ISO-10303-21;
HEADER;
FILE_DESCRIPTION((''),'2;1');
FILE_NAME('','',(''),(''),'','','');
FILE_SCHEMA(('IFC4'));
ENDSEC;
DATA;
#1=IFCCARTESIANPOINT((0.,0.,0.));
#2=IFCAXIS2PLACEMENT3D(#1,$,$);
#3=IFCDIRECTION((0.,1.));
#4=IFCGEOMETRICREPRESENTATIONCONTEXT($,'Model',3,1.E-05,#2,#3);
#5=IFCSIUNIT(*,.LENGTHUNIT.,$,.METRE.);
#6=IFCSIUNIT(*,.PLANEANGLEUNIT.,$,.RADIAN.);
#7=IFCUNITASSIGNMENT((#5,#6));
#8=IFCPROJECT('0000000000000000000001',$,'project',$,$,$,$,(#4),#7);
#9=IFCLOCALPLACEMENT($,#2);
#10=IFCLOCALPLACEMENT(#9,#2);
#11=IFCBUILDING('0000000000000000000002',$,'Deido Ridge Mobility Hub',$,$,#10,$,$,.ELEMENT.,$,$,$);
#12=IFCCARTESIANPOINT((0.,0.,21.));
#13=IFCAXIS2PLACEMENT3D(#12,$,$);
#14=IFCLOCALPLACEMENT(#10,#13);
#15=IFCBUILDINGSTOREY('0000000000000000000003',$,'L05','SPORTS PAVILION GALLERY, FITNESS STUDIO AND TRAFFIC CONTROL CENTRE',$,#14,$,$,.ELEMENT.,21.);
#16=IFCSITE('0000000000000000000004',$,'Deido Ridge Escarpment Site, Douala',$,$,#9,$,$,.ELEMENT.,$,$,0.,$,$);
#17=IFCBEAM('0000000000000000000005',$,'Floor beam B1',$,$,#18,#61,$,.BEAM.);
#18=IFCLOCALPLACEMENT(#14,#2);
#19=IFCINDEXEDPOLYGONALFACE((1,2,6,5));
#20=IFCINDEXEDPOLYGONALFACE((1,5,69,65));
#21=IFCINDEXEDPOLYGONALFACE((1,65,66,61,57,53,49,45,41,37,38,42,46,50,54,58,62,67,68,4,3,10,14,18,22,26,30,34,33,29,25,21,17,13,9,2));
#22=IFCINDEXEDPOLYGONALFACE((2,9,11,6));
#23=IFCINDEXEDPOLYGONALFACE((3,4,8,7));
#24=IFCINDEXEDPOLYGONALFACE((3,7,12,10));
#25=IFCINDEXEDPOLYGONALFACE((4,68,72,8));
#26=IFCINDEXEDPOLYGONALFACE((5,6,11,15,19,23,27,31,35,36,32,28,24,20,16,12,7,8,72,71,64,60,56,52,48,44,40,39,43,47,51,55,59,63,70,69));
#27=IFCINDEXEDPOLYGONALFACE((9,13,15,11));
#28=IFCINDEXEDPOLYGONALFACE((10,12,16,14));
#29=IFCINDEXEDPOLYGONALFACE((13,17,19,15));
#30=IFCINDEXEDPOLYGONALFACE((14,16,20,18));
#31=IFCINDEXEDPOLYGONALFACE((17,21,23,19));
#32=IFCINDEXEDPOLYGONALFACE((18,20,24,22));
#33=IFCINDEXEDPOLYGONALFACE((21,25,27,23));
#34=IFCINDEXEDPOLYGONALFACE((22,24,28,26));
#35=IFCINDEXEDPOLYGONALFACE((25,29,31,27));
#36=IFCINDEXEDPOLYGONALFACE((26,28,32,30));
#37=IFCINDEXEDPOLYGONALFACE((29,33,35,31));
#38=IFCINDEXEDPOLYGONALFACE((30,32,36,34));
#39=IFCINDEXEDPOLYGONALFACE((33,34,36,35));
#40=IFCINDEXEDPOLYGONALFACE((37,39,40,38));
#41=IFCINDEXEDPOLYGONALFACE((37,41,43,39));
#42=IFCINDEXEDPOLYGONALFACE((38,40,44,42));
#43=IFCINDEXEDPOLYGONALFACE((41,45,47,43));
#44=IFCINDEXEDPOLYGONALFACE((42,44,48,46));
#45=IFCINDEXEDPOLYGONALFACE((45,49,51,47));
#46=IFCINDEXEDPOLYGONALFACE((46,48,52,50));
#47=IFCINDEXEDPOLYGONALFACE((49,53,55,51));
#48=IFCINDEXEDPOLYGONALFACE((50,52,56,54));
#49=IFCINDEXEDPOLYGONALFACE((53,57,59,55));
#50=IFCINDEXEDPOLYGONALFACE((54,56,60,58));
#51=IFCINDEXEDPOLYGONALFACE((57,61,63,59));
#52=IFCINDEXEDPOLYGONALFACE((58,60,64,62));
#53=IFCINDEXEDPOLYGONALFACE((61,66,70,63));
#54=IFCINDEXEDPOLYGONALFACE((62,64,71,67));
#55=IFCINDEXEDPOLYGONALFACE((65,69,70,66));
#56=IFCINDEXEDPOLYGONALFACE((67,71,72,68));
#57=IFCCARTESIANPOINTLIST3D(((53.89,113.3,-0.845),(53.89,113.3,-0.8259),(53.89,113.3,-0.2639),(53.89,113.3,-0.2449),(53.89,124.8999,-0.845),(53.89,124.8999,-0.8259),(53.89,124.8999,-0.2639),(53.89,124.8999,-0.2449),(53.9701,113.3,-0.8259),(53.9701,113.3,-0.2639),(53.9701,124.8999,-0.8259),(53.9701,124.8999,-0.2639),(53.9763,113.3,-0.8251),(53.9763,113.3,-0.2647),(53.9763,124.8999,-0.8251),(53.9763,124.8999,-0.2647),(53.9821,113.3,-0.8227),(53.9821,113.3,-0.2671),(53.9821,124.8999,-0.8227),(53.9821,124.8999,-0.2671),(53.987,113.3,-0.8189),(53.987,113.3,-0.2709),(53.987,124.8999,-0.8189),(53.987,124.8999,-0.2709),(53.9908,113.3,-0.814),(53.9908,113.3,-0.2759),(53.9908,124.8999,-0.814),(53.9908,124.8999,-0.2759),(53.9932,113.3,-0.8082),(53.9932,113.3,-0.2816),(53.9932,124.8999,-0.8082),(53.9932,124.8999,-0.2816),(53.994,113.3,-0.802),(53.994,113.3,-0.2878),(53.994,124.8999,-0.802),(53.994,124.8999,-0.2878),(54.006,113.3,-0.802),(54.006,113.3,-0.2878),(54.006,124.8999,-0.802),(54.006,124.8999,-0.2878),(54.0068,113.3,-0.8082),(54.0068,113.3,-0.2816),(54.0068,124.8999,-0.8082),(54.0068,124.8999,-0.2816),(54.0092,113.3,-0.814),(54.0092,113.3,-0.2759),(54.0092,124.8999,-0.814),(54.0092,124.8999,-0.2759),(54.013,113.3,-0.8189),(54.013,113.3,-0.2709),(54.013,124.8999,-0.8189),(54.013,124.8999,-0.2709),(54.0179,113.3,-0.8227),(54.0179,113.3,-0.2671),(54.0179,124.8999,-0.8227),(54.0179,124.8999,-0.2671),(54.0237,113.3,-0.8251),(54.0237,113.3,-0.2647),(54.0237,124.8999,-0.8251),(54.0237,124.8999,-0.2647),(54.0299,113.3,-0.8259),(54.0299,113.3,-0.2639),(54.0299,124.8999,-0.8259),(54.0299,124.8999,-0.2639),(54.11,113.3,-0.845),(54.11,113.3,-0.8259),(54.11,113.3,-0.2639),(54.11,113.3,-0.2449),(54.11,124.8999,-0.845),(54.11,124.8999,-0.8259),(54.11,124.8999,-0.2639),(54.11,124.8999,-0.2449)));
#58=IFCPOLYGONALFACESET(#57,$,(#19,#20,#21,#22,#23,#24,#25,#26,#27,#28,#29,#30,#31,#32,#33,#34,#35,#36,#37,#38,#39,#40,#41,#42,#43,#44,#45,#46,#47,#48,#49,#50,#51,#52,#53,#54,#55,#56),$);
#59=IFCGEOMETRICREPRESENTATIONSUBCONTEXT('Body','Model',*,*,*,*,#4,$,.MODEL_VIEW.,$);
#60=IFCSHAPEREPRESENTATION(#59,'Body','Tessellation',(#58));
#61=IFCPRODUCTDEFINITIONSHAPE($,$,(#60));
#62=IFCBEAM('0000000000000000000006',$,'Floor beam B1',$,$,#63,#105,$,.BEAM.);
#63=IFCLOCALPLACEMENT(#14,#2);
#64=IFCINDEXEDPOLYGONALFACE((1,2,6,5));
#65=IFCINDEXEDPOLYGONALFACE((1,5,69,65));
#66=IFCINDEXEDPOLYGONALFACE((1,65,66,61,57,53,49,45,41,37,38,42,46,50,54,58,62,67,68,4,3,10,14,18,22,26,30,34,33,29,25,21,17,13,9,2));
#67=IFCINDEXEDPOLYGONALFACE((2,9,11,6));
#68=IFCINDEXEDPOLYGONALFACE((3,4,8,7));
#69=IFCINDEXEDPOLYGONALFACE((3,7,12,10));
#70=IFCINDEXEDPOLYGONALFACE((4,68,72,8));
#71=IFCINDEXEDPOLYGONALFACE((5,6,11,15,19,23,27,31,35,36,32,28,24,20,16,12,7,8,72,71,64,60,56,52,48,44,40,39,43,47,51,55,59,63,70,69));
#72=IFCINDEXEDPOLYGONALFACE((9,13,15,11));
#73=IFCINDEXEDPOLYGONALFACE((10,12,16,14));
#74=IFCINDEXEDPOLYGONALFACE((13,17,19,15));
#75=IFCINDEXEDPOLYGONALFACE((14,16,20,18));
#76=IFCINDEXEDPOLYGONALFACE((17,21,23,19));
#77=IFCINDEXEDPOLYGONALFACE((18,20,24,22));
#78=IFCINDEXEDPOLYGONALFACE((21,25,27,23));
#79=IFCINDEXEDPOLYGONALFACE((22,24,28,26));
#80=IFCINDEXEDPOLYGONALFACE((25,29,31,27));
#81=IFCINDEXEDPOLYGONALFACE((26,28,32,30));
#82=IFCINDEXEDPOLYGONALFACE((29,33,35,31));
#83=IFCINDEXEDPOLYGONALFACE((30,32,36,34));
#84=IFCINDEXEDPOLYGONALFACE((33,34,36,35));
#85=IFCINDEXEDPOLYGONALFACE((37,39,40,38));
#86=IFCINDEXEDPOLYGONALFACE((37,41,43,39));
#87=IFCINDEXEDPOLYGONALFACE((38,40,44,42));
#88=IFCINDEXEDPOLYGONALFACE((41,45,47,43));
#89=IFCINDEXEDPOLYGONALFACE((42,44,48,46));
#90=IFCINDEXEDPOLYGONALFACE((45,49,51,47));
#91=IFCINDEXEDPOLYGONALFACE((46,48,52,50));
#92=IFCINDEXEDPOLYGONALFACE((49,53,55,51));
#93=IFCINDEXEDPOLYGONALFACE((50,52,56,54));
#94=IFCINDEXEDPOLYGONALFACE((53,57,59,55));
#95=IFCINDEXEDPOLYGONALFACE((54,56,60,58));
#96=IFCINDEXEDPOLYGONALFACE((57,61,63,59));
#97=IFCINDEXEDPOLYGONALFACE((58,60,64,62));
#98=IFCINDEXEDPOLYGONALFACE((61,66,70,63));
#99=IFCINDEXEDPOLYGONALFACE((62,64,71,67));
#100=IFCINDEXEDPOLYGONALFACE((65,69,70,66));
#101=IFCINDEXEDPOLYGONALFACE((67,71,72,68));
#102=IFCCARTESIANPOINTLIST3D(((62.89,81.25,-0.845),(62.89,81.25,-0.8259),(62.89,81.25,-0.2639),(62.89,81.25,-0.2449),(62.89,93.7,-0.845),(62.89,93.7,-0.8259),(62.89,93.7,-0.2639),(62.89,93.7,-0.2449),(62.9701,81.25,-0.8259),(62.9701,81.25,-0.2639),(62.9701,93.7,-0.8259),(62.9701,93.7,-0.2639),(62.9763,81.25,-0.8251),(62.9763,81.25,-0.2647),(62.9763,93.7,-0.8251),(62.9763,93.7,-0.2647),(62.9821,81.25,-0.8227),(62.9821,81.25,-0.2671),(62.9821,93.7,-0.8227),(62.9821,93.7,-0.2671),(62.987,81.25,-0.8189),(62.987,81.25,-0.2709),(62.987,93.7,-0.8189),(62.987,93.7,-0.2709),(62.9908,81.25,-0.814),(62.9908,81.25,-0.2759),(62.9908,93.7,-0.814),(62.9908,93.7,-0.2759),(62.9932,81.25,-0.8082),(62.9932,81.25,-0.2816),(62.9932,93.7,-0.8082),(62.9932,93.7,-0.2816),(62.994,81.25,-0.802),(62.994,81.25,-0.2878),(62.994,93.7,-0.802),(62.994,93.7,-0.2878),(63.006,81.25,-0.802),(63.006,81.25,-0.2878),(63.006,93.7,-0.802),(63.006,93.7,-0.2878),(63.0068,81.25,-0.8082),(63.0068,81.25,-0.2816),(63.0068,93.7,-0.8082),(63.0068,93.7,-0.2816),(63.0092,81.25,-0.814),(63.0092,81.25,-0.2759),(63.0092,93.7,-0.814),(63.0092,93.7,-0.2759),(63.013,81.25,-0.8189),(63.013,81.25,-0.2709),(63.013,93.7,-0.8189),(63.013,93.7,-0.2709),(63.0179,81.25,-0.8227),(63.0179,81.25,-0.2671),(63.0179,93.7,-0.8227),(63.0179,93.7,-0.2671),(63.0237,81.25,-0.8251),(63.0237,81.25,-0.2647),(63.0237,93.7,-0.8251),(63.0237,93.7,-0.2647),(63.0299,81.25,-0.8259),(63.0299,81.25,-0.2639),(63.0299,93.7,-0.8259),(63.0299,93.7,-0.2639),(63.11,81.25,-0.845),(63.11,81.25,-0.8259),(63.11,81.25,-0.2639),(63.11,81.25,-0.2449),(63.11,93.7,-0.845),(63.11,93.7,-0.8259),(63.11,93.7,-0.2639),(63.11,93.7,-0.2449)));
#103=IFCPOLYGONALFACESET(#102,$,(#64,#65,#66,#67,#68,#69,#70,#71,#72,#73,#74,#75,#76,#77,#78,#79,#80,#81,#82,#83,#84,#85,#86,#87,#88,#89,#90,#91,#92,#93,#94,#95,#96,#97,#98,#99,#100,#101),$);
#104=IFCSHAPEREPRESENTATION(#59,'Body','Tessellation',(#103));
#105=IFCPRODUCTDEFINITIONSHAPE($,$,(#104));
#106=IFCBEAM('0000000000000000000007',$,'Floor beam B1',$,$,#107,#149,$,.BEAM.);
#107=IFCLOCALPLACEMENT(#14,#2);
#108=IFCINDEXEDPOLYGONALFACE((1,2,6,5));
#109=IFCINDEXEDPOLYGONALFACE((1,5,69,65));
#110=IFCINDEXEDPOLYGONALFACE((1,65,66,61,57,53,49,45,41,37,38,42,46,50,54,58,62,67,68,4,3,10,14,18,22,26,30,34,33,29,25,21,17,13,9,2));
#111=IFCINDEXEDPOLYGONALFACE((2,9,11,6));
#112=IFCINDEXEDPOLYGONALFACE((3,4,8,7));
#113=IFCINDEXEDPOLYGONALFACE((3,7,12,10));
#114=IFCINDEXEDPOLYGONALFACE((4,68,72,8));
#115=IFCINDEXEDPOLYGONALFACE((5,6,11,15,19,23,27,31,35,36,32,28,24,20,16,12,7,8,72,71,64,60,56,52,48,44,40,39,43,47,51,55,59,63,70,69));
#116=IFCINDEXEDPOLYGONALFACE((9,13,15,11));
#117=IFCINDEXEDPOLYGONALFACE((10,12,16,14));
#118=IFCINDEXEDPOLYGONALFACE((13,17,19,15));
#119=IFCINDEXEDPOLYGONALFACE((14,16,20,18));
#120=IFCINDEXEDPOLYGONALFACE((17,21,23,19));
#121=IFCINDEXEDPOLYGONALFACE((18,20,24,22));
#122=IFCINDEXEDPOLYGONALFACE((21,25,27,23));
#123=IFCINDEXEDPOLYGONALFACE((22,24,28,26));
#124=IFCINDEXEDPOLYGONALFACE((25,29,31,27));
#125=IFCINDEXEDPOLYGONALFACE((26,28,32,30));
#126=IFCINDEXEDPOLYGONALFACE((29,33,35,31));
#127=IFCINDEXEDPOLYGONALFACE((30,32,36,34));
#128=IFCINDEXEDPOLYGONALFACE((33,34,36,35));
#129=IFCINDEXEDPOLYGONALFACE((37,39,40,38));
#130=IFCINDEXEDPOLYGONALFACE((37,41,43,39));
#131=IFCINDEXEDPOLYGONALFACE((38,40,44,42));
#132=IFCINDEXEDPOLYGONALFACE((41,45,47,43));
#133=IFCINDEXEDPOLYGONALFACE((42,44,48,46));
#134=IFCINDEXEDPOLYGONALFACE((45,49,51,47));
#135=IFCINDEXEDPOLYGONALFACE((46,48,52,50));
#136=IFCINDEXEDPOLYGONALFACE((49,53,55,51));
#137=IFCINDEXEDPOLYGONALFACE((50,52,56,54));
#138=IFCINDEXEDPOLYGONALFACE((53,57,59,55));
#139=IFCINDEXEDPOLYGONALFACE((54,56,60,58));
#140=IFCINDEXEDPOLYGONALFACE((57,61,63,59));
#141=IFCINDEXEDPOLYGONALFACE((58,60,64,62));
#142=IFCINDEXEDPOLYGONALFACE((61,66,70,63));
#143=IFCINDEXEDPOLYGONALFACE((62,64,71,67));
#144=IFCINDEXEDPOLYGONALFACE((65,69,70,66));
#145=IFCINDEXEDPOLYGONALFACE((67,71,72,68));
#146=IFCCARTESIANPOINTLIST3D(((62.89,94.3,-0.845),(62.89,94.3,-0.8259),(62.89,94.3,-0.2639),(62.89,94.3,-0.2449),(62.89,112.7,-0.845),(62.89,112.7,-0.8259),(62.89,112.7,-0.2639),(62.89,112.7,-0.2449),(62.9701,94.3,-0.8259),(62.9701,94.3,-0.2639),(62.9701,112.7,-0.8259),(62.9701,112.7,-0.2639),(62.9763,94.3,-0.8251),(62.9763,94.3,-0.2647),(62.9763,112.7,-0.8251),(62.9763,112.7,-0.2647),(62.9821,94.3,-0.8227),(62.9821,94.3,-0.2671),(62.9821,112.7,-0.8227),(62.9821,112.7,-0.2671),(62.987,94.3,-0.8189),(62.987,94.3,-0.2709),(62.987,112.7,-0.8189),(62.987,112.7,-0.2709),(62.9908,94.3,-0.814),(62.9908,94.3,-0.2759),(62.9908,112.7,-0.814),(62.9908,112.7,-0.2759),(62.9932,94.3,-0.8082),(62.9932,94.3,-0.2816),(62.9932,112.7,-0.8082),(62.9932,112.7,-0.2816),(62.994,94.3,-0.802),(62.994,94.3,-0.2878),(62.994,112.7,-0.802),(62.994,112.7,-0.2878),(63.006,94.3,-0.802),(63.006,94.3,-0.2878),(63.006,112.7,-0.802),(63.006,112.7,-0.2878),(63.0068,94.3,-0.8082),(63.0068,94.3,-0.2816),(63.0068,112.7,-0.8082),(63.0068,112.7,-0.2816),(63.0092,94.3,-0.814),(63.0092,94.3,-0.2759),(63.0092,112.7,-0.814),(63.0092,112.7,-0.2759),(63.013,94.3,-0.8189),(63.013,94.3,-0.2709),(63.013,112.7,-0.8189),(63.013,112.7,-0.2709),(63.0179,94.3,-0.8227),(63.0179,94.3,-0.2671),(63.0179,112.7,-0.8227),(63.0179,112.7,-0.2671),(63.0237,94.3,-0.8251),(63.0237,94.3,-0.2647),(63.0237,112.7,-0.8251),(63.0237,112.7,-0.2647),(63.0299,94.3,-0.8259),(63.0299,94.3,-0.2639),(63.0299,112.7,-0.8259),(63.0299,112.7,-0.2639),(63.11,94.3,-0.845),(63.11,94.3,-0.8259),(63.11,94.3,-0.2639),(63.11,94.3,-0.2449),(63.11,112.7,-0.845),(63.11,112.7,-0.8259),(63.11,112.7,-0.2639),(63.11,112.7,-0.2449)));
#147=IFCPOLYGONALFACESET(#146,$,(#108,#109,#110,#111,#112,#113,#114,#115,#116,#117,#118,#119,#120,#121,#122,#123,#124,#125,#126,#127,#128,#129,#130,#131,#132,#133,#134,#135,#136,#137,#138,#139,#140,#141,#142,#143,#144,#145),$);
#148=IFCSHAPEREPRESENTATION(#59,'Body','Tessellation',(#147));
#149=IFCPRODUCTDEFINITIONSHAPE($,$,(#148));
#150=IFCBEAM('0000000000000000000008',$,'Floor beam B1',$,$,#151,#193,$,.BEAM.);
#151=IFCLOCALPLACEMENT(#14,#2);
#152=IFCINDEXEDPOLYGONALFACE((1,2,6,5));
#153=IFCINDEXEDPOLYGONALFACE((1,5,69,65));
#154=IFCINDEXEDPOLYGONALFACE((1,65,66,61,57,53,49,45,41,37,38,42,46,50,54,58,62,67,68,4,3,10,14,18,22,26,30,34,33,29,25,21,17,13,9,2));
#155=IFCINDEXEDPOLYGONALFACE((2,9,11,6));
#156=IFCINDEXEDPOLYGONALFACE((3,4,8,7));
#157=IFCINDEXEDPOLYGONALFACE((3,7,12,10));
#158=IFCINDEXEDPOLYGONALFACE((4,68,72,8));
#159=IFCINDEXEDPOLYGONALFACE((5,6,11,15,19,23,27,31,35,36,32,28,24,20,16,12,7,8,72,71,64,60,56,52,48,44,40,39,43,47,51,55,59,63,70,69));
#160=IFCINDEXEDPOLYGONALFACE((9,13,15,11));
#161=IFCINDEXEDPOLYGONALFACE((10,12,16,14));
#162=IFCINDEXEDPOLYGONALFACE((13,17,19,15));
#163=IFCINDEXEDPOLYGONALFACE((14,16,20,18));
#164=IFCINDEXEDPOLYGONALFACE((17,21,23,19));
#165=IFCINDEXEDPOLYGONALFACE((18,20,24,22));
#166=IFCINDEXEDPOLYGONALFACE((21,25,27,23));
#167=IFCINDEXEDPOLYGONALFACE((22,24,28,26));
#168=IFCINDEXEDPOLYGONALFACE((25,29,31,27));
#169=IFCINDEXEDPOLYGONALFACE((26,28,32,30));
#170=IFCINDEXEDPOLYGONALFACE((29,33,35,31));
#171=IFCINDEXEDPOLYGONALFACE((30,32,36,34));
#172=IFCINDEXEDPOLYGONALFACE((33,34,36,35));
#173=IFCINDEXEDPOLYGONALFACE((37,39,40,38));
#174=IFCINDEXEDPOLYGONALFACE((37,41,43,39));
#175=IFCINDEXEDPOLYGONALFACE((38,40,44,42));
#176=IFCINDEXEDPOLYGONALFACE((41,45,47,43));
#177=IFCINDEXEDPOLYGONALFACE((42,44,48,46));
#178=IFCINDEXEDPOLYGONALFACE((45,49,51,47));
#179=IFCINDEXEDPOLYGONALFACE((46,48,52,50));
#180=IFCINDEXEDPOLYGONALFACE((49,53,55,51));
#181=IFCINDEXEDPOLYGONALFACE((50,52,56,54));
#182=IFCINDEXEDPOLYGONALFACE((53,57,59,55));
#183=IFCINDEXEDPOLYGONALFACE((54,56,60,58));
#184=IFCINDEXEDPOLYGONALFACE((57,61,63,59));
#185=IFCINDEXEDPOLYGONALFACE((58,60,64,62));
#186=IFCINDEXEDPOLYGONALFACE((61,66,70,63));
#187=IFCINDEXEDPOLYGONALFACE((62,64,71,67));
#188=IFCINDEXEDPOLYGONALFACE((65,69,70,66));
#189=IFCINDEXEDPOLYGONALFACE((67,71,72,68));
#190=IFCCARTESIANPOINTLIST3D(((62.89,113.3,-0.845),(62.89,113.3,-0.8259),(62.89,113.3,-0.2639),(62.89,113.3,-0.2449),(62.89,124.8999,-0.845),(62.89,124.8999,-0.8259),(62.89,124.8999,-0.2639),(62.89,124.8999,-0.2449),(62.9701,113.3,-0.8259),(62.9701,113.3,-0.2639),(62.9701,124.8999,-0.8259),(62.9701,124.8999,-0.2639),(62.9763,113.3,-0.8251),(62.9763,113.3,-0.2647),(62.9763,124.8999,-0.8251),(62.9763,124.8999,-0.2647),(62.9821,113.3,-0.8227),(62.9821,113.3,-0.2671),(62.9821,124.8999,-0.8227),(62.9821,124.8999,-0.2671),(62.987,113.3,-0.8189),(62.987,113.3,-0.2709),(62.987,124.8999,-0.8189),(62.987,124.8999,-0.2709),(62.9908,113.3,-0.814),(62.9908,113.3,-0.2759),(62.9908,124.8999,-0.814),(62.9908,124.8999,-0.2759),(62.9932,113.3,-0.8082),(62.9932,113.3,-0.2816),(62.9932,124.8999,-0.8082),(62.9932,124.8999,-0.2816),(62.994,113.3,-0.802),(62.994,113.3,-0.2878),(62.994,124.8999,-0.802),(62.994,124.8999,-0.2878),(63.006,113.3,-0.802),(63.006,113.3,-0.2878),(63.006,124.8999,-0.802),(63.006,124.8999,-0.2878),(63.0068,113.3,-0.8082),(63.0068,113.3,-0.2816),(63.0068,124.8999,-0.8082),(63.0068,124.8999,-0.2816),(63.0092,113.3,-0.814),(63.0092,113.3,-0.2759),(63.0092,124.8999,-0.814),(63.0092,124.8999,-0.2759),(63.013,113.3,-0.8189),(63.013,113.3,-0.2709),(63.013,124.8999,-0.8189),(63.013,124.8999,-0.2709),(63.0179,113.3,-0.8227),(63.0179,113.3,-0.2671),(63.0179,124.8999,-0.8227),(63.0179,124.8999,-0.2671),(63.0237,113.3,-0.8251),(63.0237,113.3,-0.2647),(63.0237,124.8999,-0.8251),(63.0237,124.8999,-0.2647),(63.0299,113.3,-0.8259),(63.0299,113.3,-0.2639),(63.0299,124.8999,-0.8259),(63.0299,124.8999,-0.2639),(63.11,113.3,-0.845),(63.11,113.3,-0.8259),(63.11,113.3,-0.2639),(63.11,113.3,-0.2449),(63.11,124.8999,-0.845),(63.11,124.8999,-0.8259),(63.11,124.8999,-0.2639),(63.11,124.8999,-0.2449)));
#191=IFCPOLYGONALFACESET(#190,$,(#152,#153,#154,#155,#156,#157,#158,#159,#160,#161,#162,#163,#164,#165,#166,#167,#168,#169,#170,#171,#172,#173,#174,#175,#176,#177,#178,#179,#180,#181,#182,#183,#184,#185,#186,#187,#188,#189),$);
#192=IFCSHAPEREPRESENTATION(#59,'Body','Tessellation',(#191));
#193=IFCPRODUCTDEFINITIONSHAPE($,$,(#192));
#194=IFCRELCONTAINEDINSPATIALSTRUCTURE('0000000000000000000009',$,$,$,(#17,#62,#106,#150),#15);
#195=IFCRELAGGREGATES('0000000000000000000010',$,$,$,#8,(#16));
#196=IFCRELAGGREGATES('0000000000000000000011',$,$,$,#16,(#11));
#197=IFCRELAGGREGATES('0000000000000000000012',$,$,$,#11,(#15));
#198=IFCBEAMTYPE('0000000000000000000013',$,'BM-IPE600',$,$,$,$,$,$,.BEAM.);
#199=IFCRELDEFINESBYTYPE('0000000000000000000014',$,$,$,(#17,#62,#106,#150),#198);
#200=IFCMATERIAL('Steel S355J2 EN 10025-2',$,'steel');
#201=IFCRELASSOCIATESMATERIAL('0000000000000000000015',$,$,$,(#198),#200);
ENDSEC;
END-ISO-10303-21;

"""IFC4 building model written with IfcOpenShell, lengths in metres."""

from ifc_helpers import new_model, si_unit, direction, frame, origin, origin_2d, place, context, subcontext, project, spatial, i_section, extrude, material, material_profile, profile_set, type_object, element, save


model = new_model("IFC4")

# Units and contexts
model_context = context("Model", 3, precision=1e-05, world=origin(), true_north=direction((0.0, 1.0)))
body_context = subcontext(model_context, "Body", "Model", "MODEL_VIEW")
ifc_project = project(units=[si_unit("LENGTHUNIT", "METRE"), si_unit("PLANEANGLEUNIT", "RADIAN")], contexts=[model_context])

# Site, building, storey
site_placement = place(None, origin())
site = spatial("IfcSite", under=ifc_project, at=site_placement, Name="Deido Ridge Escarpment Site, Douala", CompositionType="ELEMENT", RefElevation=0.0)
building_placement = place(site_placement, origin())
building = spatial("IfcBuilding", under=site, at=building_placement, Name="Deido Ridge Mobility Hub", CompositionType="ELEMENT")
storey_placement = place(building_placement, frame((0.0, 0.0, 21.0)))
storey = spatial("IfcBuildingStorey", under=building, at=storey_placement, Name="L05", Description="SPORTS PAVILION GALLERY, FITNESS STUDIO AND TRAFFIC CONTROL CENTRE", CompositionType="ELEMENT", Elevation=21.0)

# Beams
ifc_material = material(Name="Steel S355J2 EN 10025-2", Category="steel")
ifc_material_profile_1 = material_profile(ifc_material, i_section(OverallWidth=0.22, OverallDepth=0.6001, WebThickness=0.012, FlangeThickness=0.019, FilletRadius=0.0239, at=origin_2d()), Name="IPE 600")
ifc_profile_set_1 = profile_set([ifc_material_profile_1], Name="Steel S355J2 EN 10025-2")
beam_type_1 = type_object("IfcBeamType", Name="BM-IPE600", PredefinedType="BEAM", material=ifc_profile_set_1)
beam_1_placement = place(storey_placement, frame((54.0, 113.3, -0.5449), z_axis=(0.0, 1.0, 0.0), x_axis=(-1.0, 0.0, 0.0)))
element("IfcBeam", 1, at=beam_1_placement, inside=storey, type_object=beam_type_1, Name="Floor beam B1", PredefinedType="BEAM", context=body_context, shape_type="SweptSolid", body=[
    extrude(i_section(OverallWidth=0.22, OverallDepth=0.6001, WebThickness=0.012, FlangeThickness=0.019, FilletRadius=0.0239, at=origin_2d()), origin(), (0.0, 0.0, 1.0), 11.5999),
])
beam_2_placement = place(storey_placement, frame((63.0, 81.25, -0.5449), z_axis=(0.0, 1.0, 0.0), x_axis=(-1.0, 0.0, 0.0)))
element("IfcBeam", 2, at=beam_2_placement, inside=storey, type_object=beam_type_1, Name="Floor beam B1", PredefinedType="BEAM", context=body_context, shape_type="SweptSolid", body=[
    extrude(i_section(OverallWidth=0.22, OverallDepth=0.6001, WebThickness=0.012, FlangeThickness=0.019, FilletRadius=0.0239, at=origin_2d()), origin(), (0.0, 0.0, 1.0), 12.45),
])
beam_3_placement = place(storey_placement, frame((63.0, 94.3, -0.5449), z_axis=(0.0, 1.0, 0.0), x_axis=(-1.0, 0.0, 0.0)))
element("IfcBeam", 3, at=beam_3_placement, inside=storey, type_object=beam_type_1, Name="Floor beam B1", PredefinedType="BEAM", context=body_context, shape_type="SweptSolid", body=[
    extrude(i_section(OverallWidth=0.22, OverallDepth=0.6001, WebThickness=0.012, FlangeThickness=0.019, FilletRadius=0.0239, at=origin_2d()), origin(), (0.0, 0.0, 1.0), 18.3999),
])
beam_4_placement = place(storey_placement, frame((63.0, 113.3, -0.5449), z_axis=(0.0, 1.0, 0.0), x_axis=(-1.0, 0.0, 0.0)))
element("IfcBeam", 4, at=beam_4_placement, inside=storey, type_object=beam_type_1, Name="Floor beam B1", PredefinedType="BEAM", context=body_context, shape_type="SweptSolid", body=[
    extrude(i_section(OverallWidth=0.22, OverallDepth=0.6001, WebThickness=0.012, FlangeThickness=0.019, FilletRadius=0.0239, at=origin_2d()), origin(), (0.0, 0.0, 1.0), 11.5999),
])

save(model, "model.ifc")
